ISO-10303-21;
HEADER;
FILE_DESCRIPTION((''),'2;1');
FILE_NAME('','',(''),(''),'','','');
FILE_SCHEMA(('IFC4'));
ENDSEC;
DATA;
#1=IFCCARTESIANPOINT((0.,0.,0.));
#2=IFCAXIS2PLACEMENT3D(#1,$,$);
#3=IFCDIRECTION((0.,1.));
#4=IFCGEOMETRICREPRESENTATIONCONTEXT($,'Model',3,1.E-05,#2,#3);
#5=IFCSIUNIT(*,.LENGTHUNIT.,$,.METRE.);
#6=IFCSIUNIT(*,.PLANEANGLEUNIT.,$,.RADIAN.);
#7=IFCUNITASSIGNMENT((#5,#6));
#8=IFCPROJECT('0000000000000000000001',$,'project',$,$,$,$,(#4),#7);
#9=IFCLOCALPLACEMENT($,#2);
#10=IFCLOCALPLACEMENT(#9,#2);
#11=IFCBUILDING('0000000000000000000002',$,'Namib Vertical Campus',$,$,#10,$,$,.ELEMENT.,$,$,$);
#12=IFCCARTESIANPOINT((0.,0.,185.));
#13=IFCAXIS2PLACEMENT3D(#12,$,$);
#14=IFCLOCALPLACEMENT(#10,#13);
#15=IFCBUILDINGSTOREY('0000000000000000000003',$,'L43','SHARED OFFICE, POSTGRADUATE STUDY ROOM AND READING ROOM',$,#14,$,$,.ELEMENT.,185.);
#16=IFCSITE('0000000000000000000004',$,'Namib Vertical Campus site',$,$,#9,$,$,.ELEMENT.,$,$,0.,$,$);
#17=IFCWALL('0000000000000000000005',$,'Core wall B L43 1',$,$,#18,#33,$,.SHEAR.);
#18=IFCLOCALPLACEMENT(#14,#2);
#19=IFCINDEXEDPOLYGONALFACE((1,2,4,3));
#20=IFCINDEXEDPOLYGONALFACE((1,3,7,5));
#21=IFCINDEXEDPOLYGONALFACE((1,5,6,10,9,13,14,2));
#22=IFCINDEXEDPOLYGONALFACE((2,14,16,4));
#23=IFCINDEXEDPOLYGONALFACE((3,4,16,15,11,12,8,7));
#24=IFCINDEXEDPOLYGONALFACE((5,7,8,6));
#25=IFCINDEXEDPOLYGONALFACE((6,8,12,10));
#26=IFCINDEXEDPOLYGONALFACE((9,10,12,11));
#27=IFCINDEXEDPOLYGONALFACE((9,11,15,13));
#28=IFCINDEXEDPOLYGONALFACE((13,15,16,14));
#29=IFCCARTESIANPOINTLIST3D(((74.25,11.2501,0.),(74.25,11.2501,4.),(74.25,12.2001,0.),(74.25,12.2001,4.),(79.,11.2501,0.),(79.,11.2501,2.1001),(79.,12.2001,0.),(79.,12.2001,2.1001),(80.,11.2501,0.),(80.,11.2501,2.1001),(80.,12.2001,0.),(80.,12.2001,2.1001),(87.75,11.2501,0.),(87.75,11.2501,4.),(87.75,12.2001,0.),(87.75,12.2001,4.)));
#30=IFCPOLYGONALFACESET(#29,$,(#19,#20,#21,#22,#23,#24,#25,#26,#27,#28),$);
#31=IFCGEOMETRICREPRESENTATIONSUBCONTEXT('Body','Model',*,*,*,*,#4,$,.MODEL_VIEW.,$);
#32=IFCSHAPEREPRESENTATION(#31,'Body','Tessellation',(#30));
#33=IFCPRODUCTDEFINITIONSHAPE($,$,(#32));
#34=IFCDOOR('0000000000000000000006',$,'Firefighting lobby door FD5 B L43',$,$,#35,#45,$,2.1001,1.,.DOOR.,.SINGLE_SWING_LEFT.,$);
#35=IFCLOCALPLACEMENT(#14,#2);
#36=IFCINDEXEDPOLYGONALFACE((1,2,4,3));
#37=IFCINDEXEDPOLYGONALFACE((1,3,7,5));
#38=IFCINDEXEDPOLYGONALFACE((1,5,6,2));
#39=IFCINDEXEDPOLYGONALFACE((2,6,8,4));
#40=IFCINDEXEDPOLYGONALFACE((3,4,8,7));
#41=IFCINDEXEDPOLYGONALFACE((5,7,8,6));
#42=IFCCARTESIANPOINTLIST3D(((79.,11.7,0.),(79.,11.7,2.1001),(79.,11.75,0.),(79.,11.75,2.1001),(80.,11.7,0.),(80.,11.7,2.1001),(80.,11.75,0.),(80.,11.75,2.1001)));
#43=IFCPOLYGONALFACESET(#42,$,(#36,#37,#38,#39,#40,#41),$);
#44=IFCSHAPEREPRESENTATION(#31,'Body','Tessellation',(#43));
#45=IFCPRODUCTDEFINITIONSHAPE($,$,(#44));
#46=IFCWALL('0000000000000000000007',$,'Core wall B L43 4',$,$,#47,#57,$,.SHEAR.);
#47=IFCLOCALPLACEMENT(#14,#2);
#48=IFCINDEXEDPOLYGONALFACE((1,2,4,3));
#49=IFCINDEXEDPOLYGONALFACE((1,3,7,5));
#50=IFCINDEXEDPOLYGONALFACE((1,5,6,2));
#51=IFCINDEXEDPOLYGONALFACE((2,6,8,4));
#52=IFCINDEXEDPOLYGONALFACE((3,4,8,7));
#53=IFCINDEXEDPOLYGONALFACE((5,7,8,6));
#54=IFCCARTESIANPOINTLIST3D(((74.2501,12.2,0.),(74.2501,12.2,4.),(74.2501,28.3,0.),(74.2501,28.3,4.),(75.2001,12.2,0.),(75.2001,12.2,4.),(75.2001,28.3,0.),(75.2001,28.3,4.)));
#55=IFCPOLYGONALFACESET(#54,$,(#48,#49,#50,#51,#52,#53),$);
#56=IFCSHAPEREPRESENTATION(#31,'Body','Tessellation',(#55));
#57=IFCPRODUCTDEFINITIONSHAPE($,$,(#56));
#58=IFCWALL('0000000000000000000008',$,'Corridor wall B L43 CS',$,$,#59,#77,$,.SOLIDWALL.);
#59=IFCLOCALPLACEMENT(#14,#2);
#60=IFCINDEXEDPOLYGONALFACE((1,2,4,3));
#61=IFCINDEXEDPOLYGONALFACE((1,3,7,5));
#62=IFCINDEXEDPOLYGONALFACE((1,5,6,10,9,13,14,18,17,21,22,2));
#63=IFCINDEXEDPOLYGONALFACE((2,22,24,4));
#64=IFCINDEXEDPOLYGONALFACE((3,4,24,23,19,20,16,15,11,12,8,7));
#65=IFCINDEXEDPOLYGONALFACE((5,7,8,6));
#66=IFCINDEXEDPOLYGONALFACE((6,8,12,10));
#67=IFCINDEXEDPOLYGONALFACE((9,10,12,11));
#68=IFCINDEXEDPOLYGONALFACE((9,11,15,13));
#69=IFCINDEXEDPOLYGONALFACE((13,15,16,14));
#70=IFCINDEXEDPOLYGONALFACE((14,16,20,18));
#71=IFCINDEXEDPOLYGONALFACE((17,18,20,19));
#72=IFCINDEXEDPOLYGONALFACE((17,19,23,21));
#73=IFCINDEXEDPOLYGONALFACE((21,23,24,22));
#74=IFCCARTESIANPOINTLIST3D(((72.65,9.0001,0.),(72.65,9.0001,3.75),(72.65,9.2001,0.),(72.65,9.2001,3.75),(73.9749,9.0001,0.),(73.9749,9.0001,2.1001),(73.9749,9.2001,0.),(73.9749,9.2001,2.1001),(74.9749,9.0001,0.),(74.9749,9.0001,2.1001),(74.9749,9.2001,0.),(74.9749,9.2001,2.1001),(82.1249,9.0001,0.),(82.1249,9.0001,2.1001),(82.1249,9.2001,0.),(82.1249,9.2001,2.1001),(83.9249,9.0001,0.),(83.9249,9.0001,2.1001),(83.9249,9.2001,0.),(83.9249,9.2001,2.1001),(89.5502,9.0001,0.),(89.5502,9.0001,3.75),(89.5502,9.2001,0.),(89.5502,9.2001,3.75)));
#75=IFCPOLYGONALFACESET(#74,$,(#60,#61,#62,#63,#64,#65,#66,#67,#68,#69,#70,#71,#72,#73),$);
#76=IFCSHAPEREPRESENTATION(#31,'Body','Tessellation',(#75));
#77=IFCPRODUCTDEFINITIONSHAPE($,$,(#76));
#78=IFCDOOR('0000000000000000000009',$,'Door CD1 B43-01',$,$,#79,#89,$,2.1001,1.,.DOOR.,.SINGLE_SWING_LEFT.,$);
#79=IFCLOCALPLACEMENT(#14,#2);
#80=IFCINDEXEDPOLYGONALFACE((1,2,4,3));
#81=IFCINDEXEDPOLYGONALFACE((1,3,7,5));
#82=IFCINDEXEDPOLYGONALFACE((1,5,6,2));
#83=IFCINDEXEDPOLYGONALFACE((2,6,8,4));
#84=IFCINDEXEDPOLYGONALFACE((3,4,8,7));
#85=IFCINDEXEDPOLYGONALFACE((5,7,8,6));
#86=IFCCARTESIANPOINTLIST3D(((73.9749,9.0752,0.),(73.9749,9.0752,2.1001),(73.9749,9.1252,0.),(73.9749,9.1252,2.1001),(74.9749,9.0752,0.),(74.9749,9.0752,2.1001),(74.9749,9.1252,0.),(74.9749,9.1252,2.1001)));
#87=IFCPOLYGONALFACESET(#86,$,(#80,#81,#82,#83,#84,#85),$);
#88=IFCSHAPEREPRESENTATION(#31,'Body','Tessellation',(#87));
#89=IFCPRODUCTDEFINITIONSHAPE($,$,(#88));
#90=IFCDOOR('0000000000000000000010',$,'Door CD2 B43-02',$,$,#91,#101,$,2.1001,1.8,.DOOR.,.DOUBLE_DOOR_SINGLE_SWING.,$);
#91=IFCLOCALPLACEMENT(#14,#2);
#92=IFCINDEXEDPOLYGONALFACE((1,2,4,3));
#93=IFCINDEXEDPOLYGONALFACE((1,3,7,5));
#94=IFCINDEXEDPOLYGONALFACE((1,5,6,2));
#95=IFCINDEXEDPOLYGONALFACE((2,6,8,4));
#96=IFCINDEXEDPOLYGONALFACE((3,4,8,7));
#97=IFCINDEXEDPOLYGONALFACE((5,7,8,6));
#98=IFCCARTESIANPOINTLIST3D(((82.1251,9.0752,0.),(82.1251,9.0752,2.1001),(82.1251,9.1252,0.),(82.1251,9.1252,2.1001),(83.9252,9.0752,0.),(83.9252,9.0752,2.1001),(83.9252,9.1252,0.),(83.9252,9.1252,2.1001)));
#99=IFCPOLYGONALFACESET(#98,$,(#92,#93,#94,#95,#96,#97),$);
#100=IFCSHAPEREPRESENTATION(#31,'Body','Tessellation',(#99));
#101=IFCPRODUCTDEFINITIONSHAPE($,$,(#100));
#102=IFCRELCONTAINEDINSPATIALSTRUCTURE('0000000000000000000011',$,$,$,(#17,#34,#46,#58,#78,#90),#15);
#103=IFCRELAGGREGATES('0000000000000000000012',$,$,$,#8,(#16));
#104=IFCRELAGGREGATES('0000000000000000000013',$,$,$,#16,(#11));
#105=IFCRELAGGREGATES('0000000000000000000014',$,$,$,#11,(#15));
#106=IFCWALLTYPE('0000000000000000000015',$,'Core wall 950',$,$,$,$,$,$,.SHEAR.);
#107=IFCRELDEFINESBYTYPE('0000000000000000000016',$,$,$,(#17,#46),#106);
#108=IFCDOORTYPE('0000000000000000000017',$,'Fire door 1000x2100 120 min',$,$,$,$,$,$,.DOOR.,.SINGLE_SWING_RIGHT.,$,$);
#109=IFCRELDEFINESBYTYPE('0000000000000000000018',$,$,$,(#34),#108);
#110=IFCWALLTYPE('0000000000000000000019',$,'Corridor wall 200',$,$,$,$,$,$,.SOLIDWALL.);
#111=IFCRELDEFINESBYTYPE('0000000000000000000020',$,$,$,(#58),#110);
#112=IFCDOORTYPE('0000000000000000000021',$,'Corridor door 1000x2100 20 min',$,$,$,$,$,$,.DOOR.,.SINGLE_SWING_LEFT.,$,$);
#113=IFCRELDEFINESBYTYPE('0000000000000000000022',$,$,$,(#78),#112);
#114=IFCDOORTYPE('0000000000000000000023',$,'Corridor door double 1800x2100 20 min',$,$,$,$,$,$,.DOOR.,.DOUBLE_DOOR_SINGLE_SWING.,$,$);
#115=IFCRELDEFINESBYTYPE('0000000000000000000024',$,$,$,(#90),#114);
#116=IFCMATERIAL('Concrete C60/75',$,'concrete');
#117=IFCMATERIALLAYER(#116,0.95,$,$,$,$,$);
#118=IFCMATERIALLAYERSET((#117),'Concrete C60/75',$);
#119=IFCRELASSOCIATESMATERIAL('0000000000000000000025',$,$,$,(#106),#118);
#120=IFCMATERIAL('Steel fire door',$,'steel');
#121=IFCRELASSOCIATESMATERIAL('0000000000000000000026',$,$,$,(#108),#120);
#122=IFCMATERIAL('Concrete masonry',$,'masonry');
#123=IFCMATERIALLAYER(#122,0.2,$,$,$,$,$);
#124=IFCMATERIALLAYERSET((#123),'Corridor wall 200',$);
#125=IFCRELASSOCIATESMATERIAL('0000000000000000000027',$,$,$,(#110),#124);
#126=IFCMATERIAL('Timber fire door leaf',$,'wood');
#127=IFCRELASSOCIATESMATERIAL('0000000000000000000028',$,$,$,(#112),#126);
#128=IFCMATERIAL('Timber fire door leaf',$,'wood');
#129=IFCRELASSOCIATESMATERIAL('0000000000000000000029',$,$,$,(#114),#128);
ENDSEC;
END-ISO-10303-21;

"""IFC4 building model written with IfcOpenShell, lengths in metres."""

from ifc_helpers import new_model, si_unit, direction, frame, frame_2d, origin, place, context, subcontext, project, spatial, rectangle, extrude, material, layer, layer_set, type_object, element, fill, save


model = new_model("IFC4")

# Units and contexts
model_context = context("Model", 3, precision=1e-05, world=origin(), true_north=direction((0.0, 1.0)))
body_context = subcontext(model_context, "Body", "Model", "MODEL_VIEW")
ifc_project = project(units=[si_unit("LENGTHUNIT", "METRE"), si_unit("PLANEANGLEUNIT", "RADIAN")], contexts=[model_context])

# Site, building, storey
site_placement = place(None, origin())
site = spatial("IfcSite", under=ifc_project, at=site_placement, Name="Namib Vertical Campus site", CompositionType="ELEMENT", RefElevation=0.0)
building_placement = place(site_placement, origin())
building = spatial("IfcBuilding", under=site, at=building_placement, Name="Namib Vertical Campus", CompositionType="ELEMENT")
storey_placement = place(building_placement, frame((0.0, 0.0, 185.0)))
storey = spatial("IfcBuildingStorey", under=building, at=storey_placement, Name="L43", Description="SHARED OFFICE, POSTGRADUATE STUDY ROOM AND READING ROOM", CompositionType="ELEMENT", Elevation=185.0)

# Wall, opening, door
ifc_material_1 = material(Name="Concrete C60/75", Category="concrete")
ifc_layer_1 = layer(ifc_material_1, 0.95)
ifc_layer_set_1 = layer_set([ifc_layer_1], Name="Concrete C60/75")
wall_type_1 = type_object("IfcWallType", Name="Core wall 950", PredefinedType="SHEAR", material=ifc_layer_set_1)
wall_1_placement = place(storey_placement, frame((74.25, 11.7251, 0.0), z_axis=(0.0, 0.0, 1.0), x_axis=(1.0, 0.0, 0.0)))
wall_1 = element("IfcWall", 1, at=wall_1_placement, inside=storey, type_object=wall_type_1, Name="Core wall B L43 1", PredefinedType="SHEAR", context=body_context, shape_type="SweptSolid", body=[
    extrude(rectangle(XDim=13.5, YDim=0.95, at=frame_2d((6.75, 0.0))), origin(), (0.0, 0.0, 1.0), 4.0),
])
opening_1_placement = place(wall_1_placement, frame((4.75, 0.0, 0.0)))
opening_1 = element("IfcOpeningElement", 2, at=opening_1_placement, cuts=wall_1, PredefinedType="OPENING", context=body_context, shape_type="SweptSolid", body=[
    extrude(rectangle(XDim=1.0, YDim=2.1001, at=frame_2d((0.5, 1.05))), frame((0.0, 0.4849, 0.0), z_axis=(0.0, -1.0, 0.0), x_axis=(1.0, 0.0, 0.0)), (0.0, 0.0, 1.0), 0.97),
])
ifc_material_2 = material(Name="Steel fire door", Category="steel")
door_type_1 = type_object("IfcDoorType", Name="Fire door 1000x2100 120 min", OperationType="SINGLE_SWING_RIGHT", PredefinedType="DOOR", material=ifc_material_2)
door_1_placement = place(opening_1_placement, origin())
door_1 = element("IfcDoor", 3, at=door_1_placement, inside=storey, type_object=door_type_1, Name="Firefighting lobby door FD5 B L43", OperationType="SINGLE_SWING_LEFT", OverallHeight=2.1001, OverallWidth=1.0, PredefinedType="DOOR", context=body_context, shape_type="SweptSolid", body=[
    extrude(rectangle(XDim=1.0, YDim=2.1001, at=frame_2d((0.5, 1.05))), frame((0.0, 0.0249, 0.0), z_axis=(0.0, -1.0, 0.0), x_axis=(1.0, 0.0, 0.0)), (0.0, 0.0, 1.0), 0.05),
])
fill(opening_1, door_1)

# Wall
wall_2_placement = place(storey_placement, frame((74.7251, 28.3, 0.0), z_axis=(0.0, 0.0, 1.0), x_axis=(0.0, -1.0, 0.0)))
element("IfcWall", 4, at=wall_2_placement, inside=storey, type_object=wall_type_1, Name="Core wall B L43 4", PredefinedType="SHEAR", context=body_context, shape_type="SweptSolid", body=[
    extrude(rectangle(XDim=16.1001, YDim=0.95, at=frame_2d((8.05, 0.0))), origin(), (0.0, 0.0, 1.0), 4.0),
])

# Wall, openings, doors
ifc_material_3 = material(Name="Concrete masonry", Category="masonry")
ifc_layer_2 = layer(ifc_material_3, 0.2)
ifc_layer_set_2 = layer_set([ifc_layer_2], Name="Corridor wall 200")
wall_type_2 = type_object("IfcWallType", Name="Corridor wall 200", PredefinedType="SOLIDWALL", material=ifc_layer_set_2)
wall_3_placement = place(storey_placement, frame((72.6499, 9.1001, 0.0), z_axis=(0.0, 0.0, 1.0), x_axis=(1.0, 0.0, 0.0)))
wall_3 = element("IfcWall", 5, at=wall_3_placement, inside=storey, type_object=wall_type_2, Name="Corridor wall B L43 CS", PredefinedType="SOLIDWALL", context=body_context, shape_type="SweptSolid", body=[
    extrude(rectangle(XDim=16.9001, YDim=0.2, at=frame_2d((8.4502, 0.0))), origin(), (0.0, 0.0, 1.0), 3.75),
])
opening_2_placement = place(wall_3_placement, frame((1.325, 0.0, 0.0)))
opening_2 = element("IfcOpeningElement", 6, at=opening_2_placement, cuts=wall_3, PredefinedType="OPENING", context=body_context, shape_type="SweptSolid", body=[
    extrude(rectangle(XDim=1.0, YDim=2.1001, at=frame_2d((0.5, 1.05))), frame((0.0, 0.1099, 0.0), z_axis=(0.0, -1.0, 0.0), x_axis=(1.0, 0.0, 0.0)), (0.0, 0.0, 1.0), 0.22),
])
opening_3_placement = place(wall_3_placement, frame((9.4751, 0.0, 0.0)))
opening_3 = element("IfcOpeningElement", 7, at=opening_3_placement, cuts=wall_3, PredefinedType="OPENING", context=body_context, shape_type="SweptSolid", body=[
    extrude(rectangle(XDim=1.8, YDim=2.1001, at=frame_2d((0.8999, 1.05))), frame((0.0, 0.1099, 0.0), z_axis=(0.0, -1.0, 0.0), x_axis=(1.0, 0.0, 0.0)), (0.0, 0.0, 1.0), 0.22),
])
ifc_material_4 = material(Name="Timber fire door leaf", Category="wood")
door_type_2 = type_object("IfcDoorType", Name="Corridor door 1000x2100 20 min", OperationType="SINGLE_SWING_LEFT", PredefinedType="DOOR", material=ifc_material_4)
door_2_placement = place(opening_2_placement, frame((1.0, 0.0, 0.0), z_axis=(0.0, 0.0, 1.0), x_axis=(-1.0, 0.0, 0.0)))
door_2 = element("IfcDoor", 8, at=door_2_placement, inside=storey, type_object=door_type_2, Name="Door CD1 B43-01", OperationType="SINGLE_SWING_LEFT", OverallHeight=2.1001, OverallWidth=1.0, PredefinedType="DOOR", context=body_context, shape_type="SweptSolid", body=[
    extrude(rectangle(XDim=1.0, YDim=2.1001, at=frame_2d((0.5, 1.05))), frame((0.0, 0.0249, 0.0), z_axis=(0.0, -1.0, 0.0), x_axis=(1.0, 0.0, 0.0)), (0.0, 0.0, 1.0), 0.05),
])
fill(opening_2, door_2)
ifc_material_5 = material(Name="Timber fire door leaf", Category="wood")
door_type_3 = type_object("IfcDoorType", Name="Corridor door double 1800x2100 20 min", OperationType="DOUBLE_DOOR_SINGLE_SWING", PredefinedType="DOOR", material=ifc_material_5)
door_3_placement = place(opening_3_placement, frame((1.8, 0.0, 0.0), z_axis=(0.0, 0.0, 1.0), x_axis=(-1.0, 0.0, 0.0)))
door_3 = element("IfcDoor", 9, at=door_3_placement, inside=storey, type_object=door_type_3, Name="Door CD2 B43-02", OperationType="DOUBLE_DOOR_SINGLE_SWING", OverallHeight=2.1001, OverallWidth=1.8, PredefinedType="DOOR", context=body_context, shape_type="SweptSolid", body=[
    extrude(rectangle(XDim=1.8, YDim=2.1001, at=frame_2d((0.8999, 1.05))), frame((0.0, 0.0249, 0.0), z_axis=(0.0, -1.0, 0.0), x_axis=(1.0, 0.0, 0.0)), (0.0, 0.0, 1.0), 0.05),
])
fill(opening_3, door_3)

save(model, "model.ifc")
